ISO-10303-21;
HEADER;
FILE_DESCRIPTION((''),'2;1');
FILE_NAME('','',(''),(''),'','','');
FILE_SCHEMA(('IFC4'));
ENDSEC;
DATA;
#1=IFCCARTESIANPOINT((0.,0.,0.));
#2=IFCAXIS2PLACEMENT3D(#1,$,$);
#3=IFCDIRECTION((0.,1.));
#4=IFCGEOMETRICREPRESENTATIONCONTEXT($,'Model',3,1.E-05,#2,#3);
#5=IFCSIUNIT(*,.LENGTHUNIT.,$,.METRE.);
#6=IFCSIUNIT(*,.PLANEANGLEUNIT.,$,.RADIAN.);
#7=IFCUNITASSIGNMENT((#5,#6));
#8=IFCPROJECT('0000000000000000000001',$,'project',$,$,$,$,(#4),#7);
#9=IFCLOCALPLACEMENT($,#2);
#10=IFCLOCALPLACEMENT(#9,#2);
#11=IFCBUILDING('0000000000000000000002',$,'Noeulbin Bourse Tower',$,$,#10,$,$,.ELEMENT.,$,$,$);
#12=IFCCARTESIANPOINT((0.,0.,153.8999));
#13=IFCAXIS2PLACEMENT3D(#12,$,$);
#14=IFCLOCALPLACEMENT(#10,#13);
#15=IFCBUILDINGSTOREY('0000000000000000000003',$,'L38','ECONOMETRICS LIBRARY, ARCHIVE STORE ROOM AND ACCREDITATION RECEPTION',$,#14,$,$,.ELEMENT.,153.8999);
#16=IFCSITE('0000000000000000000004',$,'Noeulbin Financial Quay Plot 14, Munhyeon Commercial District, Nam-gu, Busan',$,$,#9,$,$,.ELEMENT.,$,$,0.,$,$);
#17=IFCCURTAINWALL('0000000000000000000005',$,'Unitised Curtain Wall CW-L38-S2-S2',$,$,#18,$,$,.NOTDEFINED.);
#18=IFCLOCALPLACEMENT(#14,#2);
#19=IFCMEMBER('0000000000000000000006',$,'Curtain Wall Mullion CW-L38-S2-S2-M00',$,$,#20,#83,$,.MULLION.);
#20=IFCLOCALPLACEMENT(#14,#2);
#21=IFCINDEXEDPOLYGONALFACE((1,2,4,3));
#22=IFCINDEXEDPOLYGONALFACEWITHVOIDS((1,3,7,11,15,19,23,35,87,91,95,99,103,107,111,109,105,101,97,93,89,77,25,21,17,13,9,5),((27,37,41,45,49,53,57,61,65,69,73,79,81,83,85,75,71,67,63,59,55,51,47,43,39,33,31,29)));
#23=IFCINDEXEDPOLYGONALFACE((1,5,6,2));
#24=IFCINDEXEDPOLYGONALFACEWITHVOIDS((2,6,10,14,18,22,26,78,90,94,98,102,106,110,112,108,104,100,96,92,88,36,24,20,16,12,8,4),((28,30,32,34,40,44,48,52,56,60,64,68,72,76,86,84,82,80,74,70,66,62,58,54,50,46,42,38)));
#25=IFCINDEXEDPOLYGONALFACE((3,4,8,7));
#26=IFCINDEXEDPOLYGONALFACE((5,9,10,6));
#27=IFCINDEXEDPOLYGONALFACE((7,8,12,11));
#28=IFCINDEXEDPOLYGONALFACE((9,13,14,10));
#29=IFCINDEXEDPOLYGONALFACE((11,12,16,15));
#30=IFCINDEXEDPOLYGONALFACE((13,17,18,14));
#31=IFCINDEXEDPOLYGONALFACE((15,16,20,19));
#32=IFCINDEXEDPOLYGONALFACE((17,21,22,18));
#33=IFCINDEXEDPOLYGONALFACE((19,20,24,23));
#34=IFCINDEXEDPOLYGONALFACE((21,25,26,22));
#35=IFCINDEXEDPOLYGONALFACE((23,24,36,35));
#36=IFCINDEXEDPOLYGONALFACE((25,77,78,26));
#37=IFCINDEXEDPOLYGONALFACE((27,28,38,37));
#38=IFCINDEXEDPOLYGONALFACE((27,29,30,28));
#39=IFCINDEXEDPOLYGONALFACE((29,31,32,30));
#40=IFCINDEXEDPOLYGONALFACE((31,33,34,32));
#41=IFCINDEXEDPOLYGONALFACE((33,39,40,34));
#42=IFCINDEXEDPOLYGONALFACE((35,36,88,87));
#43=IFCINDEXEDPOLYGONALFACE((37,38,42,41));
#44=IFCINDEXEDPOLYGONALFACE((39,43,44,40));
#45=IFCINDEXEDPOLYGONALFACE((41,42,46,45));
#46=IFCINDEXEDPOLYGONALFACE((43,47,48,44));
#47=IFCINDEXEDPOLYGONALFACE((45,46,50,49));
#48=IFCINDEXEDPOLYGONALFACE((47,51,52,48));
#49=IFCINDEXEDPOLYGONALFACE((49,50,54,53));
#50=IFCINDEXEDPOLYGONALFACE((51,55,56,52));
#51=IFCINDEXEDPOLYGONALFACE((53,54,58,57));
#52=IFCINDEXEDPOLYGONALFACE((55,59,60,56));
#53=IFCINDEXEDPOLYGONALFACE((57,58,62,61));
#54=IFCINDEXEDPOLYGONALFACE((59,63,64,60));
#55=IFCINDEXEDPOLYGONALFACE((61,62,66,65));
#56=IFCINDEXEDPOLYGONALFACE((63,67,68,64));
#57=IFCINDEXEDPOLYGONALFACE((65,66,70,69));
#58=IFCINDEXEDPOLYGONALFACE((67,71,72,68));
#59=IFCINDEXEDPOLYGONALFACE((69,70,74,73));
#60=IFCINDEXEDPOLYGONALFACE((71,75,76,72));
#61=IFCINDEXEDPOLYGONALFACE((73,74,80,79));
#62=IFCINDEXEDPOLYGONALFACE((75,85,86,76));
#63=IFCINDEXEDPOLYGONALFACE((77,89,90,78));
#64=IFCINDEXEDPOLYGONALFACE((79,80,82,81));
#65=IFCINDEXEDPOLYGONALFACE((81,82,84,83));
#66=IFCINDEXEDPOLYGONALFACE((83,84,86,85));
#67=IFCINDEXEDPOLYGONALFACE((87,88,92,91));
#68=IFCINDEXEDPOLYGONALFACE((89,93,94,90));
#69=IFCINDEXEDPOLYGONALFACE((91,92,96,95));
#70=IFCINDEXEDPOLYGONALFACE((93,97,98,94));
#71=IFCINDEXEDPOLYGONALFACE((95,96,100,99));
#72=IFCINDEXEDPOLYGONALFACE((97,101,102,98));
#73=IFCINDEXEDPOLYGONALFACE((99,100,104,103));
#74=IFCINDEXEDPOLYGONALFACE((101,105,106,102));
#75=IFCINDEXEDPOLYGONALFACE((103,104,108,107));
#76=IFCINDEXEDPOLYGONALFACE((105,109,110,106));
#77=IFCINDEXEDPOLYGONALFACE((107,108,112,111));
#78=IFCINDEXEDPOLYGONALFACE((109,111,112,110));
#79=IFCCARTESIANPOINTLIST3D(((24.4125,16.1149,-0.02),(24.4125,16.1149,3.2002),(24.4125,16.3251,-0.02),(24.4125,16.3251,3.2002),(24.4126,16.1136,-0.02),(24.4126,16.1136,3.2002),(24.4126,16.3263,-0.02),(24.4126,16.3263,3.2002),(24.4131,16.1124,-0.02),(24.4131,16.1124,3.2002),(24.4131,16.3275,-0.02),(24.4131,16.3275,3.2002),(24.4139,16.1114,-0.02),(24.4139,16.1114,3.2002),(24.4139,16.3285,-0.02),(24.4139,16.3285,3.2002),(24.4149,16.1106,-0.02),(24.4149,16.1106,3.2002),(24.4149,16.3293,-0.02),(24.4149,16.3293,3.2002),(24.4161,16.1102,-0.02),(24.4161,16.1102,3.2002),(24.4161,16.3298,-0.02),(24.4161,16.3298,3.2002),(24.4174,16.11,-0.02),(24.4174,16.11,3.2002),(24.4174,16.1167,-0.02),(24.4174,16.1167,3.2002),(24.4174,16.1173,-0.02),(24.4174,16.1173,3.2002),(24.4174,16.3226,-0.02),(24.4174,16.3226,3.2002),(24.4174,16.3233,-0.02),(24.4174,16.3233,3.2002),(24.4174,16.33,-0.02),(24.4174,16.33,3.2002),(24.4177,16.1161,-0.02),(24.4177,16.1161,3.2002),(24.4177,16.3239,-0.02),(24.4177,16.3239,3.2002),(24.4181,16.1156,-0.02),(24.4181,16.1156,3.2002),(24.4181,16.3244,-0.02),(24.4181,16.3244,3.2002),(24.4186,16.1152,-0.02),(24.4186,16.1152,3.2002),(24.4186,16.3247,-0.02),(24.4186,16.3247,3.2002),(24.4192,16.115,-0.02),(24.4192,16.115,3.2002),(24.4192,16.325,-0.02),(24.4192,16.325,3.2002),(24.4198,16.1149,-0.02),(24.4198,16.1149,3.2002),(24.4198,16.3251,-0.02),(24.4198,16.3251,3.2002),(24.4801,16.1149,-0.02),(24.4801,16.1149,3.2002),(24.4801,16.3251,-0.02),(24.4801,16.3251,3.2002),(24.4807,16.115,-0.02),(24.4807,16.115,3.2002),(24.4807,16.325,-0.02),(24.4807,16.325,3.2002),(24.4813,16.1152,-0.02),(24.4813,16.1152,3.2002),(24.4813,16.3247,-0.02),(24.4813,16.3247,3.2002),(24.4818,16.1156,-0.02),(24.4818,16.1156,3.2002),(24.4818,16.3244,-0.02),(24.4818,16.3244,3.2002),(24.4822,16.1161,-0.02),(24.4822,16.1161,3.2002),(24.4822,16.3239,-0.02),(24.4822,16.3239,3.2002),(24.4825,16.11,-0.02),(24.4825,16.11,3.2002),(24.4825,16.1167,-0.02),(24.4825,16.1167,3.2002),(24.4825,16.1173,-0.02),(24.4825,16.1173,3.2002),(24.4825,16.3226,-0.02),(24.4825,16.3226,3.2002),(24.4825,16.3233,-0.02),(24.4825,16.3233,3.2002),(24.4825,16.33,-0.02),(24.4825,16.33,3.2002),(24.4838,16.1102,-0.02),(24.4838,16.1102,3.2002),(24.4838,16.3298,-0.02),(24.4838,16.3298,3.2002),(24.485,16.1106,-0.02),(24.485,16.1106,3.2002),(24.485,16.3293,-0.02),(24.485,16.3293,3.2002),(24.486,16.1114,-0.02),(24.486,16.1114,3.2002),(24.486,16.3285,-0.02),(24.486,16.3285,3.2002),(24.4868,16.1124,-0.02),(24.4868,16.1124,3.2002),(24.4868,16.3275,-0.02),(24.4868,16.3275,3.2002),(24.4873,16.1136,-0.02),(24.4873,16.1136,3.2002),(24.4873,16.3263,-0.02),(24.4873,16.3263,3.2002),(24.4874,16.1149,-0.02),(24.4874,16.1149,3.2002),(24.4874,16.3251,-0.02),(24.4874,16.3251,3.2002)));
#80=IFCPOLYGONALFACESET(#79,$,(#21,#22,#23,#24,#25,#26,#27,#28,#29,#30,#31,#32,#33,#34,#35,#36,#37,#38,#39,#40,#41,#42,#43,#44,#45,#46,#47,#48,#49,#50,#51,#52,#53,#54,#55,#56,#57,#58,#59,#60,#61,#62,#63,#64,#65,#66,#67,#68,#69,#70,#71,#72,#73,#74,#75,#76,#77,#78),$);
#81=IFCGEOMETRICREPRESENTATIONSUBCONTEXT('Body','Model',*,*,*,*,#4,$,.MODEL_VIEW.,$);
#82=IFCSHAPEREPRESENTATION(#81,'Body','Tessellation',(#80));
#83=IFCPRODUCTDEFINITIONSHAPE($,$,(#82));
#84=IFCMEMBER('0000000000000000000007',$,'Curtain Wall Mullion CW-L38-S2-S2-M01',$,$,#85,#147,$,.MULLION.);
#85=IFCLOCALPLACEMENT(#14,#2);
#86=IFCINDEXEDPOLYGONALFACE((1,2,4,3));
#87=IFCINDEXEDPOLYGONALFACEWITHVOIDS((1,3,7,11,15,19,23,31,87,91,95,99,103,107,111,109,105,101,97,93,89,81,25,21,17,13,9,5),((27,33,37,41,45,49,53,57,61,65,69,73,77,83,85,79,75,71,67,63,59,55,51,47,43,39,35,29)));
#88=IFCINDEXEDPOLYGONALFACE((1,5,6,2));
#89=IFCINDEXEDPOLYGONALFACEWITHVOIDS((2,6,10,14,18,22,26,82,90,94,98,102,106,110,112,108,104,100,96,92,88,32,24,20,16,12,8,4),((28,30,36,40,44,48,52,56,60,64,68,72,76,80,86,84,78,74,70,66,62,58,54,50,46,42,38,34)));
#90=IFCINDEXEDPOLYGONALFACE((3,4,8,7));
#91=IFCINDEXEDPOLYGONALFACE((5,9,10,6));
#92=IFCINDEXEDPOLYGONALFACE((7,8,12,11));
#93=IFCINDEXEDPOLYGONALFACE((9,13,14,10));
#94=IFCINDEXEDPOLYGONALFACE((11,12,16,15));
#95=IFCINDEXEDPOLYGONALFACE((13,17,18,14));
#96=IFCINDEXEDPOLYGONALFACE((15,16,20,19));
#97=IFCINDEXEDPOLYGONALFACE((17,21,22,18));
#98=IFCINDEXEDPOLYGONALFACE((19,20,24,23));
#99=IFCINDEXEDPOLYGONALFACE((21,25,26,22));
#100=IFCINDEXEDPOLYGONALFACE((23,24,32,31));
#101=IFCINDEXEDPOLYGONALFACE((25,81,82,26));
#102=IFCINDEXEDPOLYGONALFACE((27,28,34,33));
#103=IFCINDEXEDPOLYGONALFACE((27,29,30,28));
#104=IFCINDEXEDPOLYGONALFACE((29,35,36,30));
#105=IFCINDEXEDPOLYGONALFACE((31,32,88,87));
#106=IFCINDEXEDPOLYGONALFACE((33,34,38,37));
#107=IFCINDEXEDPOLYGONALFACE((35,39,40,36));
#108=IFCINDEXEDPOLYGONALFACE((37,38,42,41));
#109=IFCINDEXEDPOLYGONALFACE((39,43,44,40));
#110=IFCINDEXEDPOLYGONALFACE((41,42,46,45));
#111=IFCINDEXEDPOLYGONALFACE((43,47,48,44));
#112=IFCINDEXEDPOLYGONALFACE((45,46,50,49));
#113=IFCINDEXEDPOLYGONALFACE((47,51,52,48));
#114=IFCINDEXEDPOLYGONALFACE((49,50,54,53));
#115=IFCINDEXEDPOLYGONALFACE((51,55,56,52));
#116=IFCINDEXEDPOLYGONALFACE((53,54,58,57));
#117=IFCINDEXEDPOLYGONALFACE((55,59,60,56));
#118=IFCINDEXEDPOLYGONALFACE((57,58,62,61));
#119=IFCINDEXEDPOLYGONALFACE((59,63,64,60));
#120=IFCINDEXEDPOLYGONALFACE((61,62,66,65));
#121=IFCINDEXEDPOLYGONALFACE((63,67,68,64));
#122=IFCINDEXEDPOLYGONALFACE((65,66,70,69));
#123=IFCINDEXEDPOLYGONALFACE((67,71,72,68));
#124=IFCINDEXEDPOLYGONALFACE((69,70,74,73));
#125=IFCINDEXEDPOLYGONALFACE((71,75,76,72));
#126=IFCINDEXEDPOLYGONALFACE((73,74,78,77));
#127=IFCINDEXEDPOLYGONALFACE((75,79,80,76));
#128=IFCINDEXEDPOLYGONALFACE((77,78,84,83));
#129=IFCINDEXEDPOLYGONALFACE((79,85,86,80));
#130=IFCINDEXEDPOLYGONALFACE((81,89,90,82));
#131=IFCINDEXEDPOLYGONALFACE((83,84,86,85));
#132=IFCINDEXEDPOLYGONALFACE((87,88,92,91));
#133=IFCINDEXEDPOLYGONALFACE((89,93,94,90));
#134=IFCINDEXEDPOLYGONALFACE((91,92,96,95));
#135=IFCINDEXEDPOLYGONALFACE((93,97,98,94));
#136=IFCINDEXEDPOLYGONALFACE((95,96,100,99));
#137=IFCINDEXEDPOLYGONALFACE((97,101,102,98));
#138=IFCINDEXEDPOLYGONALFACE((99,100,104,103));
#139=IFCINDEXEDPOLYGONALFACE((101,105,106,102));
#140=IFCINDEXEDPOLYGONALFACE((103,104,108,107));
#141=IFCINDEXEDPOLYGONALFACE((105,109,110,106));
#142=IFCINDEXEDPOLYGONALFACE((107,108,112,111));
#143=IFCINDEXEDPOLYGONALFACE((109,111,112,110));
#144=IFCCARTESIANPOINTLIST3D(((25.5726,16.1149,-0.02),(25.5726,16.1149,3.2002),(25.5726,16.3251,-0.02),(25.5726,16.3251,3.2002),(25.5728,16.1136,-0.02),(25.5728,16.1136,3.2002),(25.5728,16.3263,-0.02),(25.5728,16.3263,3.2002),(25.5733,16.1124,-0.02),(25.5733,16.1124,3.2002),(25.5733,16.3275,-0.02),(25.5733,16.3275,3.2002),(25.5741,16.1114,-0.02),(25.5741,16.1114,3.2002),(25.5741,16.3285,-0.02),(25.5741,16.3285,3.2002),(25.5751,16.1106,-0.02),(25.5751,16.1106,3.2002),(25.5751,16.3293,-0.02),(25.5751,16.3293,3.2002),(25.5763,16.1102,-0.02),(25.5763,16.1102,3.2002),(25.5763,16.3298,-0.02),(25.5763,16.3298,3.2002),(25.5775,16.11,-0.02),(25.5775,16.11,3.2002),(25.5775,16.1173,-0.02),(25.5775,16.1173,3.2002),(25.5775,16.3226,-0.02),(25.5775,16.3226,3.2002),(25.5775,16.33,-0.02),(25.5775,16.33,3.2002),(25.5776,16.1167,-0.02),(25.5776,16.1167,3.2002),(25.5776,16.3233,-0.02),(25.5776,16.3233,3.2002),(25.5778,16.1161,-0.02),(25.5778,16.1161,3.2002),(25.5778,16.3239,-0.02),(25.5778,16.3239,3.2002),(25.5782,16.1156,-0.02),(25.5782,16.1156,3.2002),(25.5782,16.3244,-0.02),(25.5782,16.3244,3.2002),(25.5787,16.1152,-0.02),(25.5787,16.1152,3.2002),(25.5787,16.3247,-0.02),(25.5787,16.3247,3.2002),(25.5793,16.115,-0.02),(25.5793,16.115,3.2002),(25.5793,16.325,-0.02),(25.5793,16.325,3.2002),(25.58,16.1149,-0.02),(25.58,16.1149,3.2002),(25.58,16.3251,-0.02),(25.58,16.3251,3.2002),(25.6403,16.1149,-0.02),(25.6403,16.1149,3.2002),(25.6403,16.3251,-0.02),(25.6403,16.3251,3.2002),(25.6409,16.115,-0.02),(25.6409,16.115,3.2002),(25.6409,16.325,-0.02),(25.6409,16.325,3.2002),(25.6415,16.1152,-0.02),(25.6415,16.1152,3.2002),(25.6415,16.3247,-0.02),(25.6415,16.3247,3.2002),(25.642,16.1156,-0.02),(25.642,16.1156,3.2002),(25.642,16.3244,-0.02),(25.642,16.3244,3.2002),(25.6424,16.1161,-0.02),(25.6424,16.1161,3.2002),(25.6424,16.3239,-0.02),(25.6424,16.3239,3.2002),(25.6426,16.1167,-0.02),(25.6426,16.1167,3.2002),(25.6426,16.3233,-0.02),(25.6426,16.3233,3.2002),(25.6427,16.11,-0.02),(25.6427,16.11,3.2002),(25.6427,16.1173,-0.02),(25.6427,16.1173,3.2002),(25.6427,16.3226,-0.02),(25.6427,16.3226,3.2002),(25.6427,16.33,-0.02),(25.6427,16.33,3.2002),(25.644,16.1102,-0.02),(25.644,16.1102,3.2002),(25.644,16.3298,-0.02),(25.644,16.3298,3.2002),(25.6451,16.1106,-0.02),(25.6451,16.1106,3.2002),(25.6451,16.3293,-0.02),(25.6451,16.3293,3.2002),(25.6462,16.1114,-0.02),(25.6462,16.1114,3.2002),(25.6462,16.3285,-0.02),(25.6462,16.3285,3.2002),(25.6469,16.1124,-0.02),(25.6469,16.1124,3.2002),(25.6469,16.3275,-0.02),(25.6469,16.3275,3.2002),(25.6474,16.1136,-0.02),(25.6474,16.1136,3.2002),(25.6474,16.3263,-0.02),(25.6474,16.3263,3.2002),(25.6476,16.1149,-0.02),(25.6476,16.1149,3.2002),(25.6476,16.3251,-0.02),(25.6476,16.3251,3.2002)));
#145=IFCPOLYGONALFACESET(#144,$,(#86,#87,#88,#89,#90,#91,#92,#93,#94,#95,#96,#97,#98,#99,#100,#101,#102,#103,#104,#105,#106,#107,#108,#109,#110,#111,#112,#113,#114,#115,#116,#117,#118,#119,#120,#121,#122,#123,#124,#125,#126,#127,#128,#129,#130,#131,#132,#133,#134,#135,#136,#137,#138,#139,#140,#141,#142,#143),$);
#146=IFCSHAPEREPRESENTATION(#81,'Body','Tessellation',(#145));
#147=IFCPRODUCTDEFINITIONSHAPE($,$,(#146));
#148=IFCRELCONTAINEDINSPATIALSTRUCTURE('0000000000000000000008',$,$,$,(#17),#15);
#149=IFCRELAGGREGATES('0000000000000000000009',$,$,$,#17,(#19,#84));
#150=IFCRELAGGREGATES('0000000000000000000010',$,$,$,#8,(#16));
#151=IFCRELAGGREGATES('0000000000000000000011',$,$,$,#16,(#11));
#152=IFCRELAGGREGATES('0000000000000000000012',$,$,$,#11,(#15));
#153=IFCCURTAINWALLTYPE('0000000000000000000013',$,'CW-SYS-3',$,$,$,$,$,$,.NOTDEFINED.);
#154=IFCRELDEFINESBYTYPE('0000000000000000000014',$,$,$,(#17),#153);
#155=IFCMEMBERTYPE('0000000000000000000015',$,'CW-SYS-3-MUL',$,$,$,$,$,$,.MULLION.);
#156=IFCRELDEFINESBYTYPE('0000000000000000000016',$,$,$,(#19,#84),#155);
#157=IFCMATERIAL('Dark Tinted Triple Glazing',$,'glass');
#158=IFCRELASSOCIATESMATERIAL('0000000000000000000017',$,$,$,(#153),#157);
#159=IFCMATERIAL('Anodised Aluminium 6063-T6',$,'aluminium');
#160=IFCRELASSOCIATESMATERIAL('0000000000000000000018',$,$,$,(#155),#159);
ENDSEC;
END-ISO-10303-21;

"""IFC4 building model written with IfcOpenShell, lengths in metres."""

from ifc_helpers import new_model, si_unit, direction, frame, origin, origin_2d, place, context, subcontext, project, spatial, hollow_rectangle, extrude, material, material_profile, profile_set, type_object, element, aggregate, save


model = new_model("IFC4")

# Units and contexts
model_context = context("Model", 3, precision=1e-05, world=origin(), true_north=direction((0.0, 1.0)))
body_context = subcontext(model_context, "Body", "Model", "MODEL_VIEW")
ifc_project = project(units=[si_unit("LENGTHUNIT", "METRE"), si_unit("PLANEANGLEUNIT", "RADIAN")], contexts=[model_context])

# Site, building, storey
site_placement = place(None, origin())
site = spatial("IfcSite", under=ifc_project, at=site_placement, Name="Noeulbin Financial Quay Plot 14, Munhyeon Commercial District, Nam-gu, Busan", CompositionType="ELEMENT", RefElevation=0.0)
building_placement = place(site_placement, origin())
building = spatial("IfcBuilding", under=site, at=building_placement, Name="Noeulbin Bourse Tower", CompositionType="ELEMENT")
storey_placement = place(building_placement, frame((0.0, 0.0, 153.8999)))
storey = spatial("IfcBuildingStorey", under=building, at=storey_placement, Name="L38", Description="ECONOMETRICS LIBRARY, ARCHIVE STORE ROOM AND ACCREDITATION RECEPTION", CompositionType="ELEMENT", Elevation=153.8999)

# Shared definitions
ifc_material_1 = material(Name="Dark Tinted Triple Glazing", Category="glass")
curtain_wall_type = type_object("IfcCurtainWallType", Name="CW-SYS-3", PredefinedType="NOTDEFINED", material=ifc_material_1)
ifc_material_2 = material(Name="Anodised Aluminium 6063-T6", Category="aluminium")
ifc_material_profile_1 = material_profile(ifc_material_2, hollow_rectangle(XDim=0.075, YDim=0.22, WallThickness=0.0049, InnerFilletRadius=0.0024, OuterFilletRadius=0.0049, at=origin_2d()), Name="ALU-MULL-75x220x5", Category="LoadBearing")
ifc_profile_set_1 = profile_set([ifc_material_profile_1], Name="Anodised Aluminium 6063-T6")
member_type_1 = type_object("IfcMemberType", Name="CW-SYS-3-MUL", PredefinedType="MULLION", material=ifc_profile_set_1)

# Curtain wall, members
curtain_wall_1_placement = place(storey_placement, origin())
curtain_wall_1 = element("IfcCurtainWall", 1, at=curtain_wall_1_placement, inside=storey, type_object=curtain_wall_type, Name="Unitised Curtain Wall CW-L38-S2-S2", PredefinedType="NOTDEFINED")
member_1_placement = place(storey_placement, frame((24.45, 16.22, -0.02), z_axis=(0.0, 0.0, 1.0), x_axis=(1.0, 0.0, 0.0)))
member_1 = element("IfcMember", 2, at=member_1_placement, type_object=member_type_1, Name="Curtain Wall Mullion CW-L38-S2-S2-M00", PredefinedType="MULLION", context=body_context, shape_type="SweptSolid", body=[
    extrude(hollow_rectangle(XDim=0.075, YDim=0.22, WallThickness=0.0049, InnerFilletRadius=0.0024, OuterFilletRadius=0.0049, at=origin_2d()), origin(), (0.0, 0.0, 1.0), 3.2202),
])
member_2_placement = place(storey_placement, frame((25.6101, 16.22, -0.02), z_axis=(0.0, 0.0, 1.0), x_axis=(1.0, 0.0, 0.0)))
member_2 = element("IfcMember", 3, at=member_2_placement, type_object=member_type_1, Name="Curtain Wall Mullion CW-L38-S2-S2-M01", PredefinedType="MULLION", context=body_context, shape_type="SweptSolid", body=[
    extrude(hollow_rectangle(XDim=0.075, YDim=0.22, WallThickness=0.0049, InnerFilletRadius=0.0024, OuterFilletRadius=0.0049, at=origin_2d()), origin(), (0.0, 0.0, 1.0), 3.2202),
])

aggregate(curtain_wall_1, [member_1, member_2])

save(model, "model.ifc")
